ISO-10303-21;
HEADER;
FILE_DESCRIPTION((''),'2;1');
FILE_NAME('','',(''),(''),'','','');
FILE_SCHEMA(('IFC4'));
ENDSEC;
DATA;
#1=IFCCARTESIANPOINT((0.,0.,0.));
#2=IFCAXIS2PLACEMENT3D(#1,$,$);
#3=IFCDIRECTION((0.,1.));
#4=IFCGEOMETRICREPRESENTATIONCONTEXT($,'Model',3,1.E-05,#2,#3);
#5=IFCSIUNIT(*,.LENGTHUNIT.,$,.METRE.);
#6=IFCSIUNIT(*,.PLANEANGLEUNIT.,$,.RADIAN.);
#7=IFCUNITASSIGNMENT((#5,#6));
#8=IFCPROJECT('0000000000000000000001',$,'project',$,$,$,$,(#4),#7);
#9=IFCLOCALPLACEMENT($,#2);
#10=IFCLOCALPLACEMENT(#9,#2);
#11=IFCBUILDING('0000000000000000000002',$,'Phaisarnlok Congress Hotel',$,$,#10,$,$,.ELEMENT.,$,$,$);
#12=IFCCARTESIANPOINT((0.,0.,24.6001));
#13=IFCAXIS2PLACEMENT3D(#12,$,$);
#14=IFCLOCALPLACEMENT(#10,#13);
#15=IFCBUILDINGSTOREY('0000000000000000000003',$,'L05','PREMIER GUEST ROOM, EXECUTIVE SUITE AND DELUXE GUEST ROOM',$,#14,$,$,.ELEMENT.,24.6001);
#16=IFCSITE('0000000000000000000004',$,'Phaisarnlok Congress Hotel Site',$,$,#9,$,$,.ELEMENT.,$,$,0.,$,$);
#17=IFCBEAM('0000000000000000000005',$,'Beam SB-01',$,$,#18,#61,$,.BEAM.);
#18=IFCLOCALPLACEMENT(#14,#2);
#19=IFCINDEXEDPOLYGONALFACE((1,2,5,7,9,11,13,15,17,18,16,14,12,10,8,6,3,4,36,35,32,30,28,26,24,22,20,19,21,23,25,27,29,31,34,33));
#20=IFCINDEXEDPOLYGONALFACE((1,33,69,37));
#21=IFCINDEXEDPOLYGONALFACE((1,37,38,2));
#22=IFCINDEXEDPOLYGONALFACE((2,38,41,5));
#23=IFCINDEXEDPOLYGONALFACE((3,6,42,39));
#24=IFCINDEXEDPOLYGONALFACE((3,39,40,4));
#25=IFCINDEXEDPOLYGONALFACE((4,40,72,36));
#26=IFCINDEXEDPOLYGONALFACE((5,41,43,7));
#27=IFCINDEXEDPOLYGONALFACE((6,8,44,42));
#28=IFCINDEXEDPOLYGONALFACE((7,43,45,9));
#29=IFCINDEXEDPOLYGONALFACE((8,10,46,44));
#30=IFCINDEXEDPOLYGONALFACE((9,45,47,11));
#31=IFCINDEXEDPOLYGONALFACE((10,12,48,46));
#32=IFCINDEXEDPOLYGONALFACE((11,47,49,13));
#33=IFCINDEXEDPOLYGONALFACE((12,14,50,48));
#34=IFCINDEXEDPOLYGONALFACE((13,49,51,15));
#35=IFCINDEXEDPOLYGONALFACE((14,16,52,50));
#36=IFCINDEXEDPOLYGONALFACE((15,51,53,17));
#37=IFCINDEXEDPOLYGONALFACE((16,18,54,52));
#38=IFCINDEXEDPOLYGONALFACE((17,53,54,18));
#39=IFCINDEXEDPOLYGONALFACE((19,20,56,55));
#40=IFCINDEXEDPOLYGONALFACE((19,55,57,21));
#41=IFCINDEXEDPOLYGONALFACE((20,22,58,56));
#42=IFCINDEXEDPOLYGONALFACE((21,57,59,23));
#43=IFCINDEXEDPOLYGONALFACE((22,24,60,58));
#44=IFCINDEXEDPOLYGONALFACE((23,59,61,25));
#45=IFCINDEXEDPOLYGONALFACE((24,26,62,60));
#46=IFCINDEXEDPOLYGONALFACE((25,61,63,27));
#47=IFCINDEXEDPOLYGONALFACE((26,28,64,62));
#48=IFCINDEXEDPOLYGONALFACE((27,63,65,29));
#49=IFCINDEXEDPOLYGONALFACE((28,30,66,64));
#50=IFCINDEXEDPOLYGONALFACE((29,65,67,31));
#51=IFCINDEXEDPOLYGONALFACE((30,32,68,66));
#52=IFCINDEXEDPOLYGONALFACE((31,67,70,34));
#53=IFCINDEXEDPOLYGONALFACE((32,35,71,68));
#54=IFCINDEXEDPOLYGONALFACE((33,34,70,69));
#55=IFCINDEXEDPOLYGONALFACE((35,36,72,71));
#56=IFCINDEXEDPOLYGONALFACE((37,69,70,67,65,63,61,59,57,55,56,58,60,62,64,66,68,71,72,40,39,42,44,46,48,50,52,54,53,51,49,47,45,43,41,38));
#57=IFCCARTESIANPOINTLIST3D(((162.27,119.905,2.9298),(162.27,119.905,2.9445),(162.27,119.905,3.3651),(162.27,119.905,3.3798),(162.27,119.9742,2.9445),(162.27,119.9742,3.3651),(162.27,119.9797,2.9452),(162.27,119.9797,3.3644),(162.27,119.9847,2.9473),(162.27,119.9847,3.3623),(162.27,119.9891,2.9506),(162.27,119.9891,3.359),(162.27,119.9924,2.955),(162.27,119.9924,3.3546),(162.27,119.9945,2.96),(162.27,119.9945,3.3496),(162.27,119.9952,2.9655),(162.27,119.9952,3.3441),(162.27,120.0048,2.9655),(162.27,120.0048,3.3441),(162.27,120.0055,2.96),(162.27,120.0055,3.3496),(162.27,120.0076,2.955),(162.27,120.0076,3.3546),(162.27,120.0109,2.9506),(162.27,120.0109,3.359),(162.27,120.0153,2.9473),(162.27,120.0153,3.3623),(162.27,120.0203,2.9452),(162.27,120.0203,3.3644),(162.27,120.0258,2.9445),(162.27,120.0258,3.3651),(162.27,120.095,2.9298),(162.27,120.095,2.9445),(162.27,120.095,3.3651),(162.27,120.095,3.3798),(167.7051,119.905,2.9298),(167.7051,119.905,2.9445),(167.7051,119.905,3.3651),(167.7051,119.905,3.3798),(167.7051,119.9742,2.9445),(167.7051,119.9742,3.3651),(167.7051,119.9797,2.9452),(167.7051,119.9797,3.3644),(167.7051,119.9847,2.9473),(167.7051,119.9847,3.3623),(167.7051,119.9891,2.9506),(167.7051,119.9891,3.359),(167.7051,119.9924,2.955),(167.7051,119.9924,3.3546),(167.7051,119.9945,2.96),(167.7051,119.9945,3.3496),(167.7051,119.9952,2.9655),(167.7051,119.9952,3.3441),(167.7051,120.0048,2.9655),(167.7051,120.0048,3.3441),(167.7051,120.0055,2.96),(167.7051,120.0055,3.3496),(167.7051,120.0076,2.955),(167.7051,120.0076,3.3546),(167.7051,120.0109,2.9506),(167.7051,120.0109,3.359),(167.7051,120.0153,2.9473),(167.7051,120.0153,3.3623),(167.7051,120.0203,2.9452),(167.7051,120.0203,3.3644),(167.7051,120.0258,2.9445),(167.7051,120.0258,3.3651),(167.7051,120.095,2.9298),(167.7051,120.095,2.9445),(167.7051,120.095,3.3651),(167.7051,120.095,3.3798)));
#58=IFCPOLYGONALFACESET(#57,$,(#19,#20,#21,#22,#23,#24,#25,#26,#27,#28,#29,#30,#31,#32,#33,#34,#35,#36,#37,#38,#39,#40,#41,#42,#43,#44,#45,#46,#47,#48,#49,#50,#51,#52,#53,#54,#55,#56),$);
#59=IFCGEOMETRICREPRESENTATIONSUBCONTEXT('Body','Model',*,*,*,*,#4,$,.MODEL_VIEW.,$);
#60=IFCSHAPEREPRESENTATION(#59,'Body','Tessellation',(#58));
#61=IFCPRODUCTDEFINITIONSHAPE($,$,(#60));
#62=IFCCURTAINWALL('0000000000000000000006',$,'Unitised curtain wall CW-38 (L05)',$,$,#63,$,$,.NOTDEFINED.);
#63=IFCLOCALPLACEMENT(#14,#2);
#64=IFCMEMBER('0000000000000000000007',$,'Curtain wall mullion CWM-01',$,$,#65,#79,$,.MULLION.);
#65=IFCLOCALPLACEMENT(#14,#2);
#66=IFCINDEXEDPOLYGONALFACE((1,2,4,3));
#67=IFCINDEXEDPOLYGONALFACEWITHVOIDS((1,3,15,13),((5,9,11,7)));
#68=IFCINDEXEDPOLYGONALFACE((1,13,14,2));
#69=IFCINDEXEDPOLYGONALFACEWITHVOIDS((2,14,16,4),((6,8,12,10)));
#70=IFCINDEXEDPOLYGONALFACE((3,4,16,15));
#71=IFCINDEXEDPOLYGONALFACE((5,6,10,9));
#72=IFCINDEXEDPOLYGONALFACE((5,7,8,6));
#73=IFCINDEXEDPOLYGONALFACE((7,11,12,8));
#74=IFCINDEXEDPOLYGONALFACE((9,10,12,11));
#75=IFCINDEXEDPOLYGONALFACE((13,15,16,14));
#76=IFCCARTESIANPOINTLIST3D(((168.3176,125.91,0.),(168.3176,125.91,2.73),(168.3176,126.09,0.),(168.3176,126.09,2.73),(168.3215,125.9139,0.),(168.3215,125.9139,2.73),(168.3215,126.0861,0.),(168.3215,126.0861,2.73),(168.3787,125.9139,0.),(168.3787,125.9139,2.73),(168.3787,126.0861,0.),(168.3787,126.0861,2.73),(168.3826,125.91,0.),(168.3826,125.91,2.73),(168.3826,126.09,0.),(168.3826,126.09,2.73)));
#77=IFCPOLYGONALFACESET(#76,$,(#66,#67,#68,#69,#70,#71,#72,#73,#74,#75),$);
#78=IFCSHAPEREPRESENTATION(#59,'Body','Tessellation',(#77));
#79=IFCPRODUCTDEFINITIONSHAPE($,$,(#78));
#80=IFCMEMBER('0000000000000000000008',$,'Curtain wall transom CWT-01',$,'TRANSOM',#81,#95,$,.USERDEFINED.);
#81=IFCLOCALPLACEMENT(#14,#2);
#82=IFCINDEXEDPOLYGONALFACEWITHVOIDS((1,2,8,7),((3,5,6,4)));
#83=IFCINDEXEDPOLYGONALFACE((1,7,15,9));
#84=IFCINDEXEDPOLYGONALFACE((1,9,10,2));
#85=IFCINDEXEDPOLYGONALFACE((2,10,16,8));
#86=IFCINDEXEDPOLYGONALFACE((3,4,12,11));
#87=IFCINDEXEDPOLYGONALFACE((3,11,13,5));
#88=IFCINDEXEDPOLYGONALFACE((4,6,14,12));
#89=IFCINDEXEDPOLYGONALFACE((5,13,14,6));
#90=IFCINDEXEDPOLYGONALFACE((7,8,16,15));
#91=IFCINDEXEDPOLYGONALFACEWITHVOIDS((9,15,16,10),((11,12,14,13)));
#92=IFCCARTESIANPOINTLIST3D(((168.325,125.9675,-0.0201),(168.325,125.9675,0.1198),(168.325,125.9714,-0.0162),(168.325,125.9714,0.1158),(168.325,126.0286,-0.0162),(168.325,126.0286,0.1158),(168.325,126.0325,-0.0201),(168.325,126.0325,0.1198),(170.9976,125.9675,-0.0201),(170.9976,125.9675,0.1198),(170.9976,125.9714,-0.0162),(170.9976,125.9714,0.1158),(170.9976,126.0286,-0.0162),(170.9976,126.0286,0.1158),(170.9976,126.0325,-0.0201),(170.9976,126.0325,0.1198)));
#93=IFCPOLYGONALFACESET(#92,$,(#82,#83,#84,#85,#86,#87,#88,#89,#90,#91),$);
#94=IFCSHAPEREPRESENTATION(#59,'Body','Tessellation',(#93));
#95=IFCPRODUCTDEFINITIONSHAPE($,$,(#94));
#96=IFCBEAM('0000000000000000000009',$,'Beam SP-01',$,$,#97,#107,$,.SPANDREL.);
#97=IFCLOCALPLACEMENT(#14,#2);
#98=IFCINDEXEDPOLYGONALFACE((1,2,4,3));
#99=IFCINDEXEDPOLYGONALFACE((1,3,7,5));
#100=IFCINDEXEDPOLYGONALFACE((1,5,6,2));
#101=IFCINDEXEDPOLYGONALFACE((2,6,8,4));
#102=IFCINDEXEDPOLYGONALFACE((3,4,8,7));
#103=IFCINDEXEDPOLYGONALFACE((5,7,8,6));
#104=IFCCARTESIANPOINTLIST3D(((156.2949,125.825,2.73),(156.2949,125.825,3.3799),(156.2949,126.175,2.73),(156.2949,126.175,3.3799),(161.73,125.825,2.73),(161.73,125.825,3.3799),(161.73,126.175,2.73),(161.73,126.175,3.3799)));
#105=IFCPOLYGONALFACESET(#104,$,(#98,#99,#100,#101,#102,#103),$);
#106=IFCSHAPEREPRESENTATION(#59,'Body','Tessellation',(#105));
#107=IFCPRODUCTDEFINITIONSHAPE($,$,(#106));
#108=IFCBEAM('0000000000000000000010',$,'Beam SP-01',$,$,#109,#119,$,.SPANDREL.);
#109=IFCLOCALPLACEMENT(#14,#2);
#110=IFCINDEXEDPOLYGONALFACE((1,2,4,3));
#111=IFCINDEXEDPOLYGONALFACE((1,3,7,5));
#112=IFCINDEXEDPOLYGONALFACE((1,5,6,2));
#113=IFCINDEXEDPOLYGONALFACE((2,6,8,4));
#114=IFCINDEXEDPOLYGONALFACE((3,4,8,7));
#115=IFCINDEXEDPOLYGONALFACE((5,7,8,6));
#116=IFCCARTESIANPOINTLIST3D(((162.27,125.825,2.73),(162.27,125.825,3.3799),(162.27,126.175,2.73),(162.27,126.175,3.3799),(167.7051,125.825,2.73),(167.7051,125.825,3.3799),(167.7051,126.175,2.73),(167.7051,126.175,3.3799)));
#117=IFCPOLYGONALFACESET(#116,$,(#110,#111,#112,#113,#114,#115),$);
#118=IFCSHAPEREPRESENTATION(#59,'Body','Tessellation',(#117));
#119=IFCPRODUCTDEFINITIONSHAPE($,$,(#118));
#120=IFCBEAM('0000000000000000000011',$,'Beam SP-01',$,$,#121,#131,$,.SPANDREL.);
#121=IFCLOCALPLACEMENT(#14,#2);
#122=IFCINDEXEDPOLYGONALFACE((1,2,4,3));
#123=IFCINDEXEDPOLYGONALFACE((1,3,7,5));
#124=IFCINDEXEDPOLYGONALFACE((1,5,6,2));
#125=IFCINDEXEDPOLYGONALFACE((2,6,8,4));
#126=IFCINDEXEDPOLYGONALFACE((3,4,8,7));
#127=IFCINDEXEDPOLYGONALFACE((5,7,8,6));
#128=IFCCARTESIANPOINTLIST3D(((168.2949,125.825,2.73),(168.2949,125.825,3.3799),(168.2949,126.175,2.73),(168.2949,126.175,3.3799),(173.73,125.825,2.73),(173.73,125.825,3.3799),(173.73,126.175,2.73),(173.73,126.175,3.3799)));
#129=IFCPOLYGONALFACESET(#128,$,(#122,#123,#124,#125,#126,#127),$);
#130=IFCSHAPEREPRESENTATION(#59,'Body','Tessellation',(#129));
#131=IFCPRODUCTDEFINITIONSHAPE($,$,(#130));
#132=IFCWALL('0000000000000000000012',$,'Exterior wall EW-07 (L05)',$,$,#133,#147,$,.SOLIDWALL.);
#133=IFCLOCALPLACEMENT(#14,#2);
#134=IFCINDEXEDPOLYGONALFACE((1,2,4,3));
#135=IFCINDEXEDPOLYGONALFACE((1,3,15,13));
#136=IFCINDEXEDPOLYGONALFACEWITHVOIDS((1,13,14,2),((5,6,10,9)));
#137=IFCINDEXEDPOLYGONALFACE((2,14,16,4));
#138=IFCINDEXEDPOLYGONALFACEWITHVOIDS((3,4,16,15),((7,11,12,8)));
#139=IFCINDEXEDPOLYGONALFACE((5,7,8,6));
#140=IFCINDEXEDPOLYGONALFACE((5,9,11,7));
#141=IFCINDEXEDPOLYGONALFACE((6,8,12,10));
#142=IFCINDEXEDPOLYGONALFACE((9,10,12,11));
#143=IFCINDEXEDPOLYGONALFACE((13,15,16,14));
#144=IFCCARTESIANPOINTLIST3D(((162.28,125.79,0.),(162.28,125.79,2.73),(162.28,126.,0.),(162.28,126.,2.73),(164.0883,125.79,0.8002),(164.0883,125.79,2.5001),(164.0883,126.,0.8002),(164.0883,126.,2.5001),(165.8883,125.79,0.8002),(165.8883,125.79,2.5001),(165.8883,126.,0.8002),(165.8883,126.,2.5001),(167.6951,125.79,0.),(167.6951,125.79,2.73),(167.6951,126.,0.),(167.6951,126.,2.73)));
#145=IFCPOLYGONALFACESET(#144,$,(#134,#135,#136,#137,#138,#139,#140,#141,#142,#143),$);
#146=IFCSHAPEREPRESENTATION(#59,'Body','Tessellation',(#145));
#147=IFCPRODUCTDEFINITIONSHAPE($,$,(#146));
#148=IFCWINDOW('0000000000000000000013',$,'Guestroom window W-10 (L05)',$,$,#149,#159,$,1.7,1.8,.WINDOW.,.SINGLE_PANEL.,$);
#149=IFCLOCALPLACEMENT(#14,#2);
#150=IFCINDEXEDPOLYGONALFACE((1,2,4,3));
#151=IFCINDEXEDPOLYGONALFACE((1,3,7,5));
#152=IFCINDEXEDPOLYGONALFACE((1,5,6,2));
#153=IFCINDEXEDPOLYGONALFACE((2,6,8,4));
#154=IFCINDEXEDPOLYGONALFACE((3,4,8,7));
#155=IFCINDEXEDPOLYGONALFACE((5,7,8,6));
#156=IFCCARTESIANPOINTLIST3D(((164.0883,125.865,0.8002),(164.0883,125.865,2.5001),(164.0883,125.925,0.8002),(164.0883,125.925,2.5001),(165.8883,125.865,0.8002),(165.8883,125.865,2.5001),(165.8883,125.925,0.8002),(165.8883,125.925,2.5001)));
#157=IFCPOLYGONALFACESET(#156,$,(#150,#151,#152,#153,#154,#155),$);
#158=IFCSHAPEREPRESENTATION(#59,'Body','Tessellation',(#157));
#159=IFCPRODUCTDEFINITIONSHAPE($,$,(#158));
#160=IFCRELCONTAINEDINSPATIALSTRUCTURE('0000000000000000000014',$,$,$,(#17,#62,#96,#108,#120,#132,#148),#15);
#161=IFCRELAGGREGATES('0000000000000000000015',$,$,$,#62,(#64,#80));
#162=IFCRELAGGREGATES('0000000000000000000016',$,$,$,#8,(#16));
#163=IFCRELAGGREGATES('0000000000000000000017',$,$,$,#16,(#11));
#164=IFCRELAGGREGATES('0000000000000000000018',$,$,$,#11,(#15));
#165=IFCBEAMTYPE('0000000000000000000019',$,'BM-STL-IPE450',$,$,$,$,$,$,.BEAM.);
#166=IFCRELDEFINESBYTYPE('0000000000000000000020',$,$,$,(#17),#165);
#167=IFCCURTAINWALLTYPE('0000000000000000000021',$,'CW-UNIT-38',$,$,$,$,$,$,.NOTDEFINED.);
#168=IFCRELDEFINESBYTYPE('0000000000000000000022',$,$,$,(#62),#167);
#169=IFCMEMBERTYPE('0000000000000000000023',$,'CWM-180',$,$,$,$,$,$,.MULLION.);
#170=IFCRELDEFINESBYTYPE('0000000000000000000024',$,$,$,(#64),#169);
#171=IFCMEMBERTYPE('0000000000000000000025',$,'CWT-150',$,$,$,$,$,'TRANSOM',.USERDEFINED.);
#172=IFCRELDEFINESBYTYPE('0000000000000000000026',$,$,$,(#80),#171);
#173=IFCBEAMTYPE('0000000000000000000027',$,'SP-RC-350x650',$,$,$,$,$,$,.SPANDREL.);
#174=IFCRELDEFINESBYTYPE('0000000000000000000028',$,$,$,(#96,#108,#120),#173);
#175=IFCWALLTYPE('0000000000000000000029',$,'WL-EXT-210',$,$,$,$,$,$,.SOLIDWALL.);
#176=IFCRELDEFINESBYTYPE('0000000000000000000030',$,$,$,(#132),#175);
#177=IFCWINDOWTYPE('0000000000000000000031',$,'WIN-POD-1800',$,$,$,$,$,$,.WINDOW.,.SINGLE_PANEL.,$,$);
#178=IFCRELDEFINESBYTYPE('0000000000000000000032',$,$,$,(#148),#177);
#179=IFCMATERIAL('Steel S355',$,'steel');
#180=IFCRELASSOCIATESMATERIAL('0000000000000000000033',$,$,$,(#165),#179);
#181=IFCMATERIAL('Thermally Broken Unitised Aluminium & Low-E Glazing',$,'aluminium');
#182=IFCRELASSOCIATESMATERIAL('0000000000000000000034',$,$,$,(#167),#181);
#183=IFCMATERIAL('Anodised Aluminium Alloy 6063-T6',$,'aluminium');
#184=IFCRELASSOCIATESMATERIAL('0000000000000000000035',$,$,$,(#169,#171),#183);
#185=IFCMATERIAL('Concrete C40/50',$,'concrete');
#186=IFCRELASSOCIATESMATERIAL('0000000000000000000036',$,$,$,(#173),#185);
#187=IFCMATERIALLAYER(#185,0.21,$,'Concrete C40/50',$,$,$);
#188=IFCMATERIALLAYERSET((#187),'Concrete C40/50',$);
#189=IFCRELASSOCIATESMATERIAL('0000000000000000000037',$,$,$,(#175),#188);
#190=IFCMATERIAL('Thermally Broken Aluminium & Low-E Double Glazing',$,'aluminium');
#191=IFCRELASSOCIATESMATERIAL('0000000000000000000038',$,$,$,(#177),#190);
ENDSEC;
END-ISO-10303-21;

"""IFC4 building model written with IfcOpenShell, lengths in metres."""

from ifc_helpers import new_model, si_unit, direction, frame, frame_2d, origin, origin_2d, place, context, subcontext, project, spatial, rectangle, hollow_rectangle, i_section, extrude, material, layer, layer_set, material_profile, profile_set, type_object, element, fill, aggregate, save


model = new_model("IFC4")

# Units and contexts
model_context = context("Model", 3, precision=1e-05, world=origin(), true_north=direction((0.0, 1.0)))
body_context = subcontext(model_context, "Body", "Model", "MODEL_VIEW")
ifc_project = project(units=[si_unit("LENGTHUNIT", "METRE"), si_unit("PLANEANGLEUNIT", "RADIAN")], contexts=[model_context])

# Site, building, storey
site_placement = place(None, origin())
site = spatial("IfcSite", under=ifc_project, at=site_placement, Name="Phaisarnlok Congress Hotel Site", CompositionType="ELEMENT", RefElevation=0.0)
building_placement = place(site_placement, origin())
building = spatial("IfcBuilding", under=site, at=building_placement, Name="Phaisarnlok Congress Hotel", CompositionType="ELEMENT")
storey_placement = place(building_placement, frame((0.0, 0.0, 24.6001)))
storey = spatial("IfcBuildingStorey", under=building, at=storey_placement, Name="L05", Description="PREMIER GUEST ROOM, EXECUTIVE SUITE AND DELUXE GUEST ROOM", CompositionType="ELEMENT", Elevation=24.6001)

# Beam
ifc_material_1 = material(Name="Concrete C40/50", Category="concrete")
ifc_material_2 = material(Name="Steel S355", Category="steel")
ifc_material_profile_1 = material_profile(ifc_material_2, i_section(OverallWidth=0.1899, OverallDepth=0.45, WebThickness=0.0095, FlangeThickness=0.0146, FilletRadius=0.021, at=origin_2d()), Name="IPE 450")
ifc_profile_set_1 = profile_set([ifc_material_profile_1], Name="Steel S355")
beam_type_1 = type_object("IfcBeamType", Name="BM-STL-IPE450", PredefinedType="BEAM", material=ifc_profile_set_1)
beam_1_placement = place(storey_placement, frame((162.27, 120.0, 3.1548), z_axis=(1.0, 0.0, 0.0), x_axis=(0.0, 1.0, 0.0)))
element("IfcBeam", 1, at=beam_1_placement, inside=storey, type_object=beam_type_1, Name="Beam SB-01", PredefinedType="BEAM", context=body_context, shape_type="SweptSolid", body=[
    extrude(i_section(OverallWidth=0.1899, OverallDepth=0.45, WebThickness=0.0095, FlangeThickness=0.0146, FilletRadius=0.021, at=origin_2d()), origin(), (0.0, 0.0, 1.0), 5.4351),
])

# Curtain wall, members
ifc_material_3 = material(Name="Thermally Broken Unitised Aluminium & Low-E Glazing", Category="aluminium")
curtain_wall_type = type_object("IfcCurtainWallType", Name="CW-UNIT-38", PredefinedType="NOTDEFINED", material=ifc_material_3)
curtain_wall_placement = place(storey_placement, origin())
curtain_wall = element("IfcCurtainWall", 2, at=curtain_wall_placement, inside=storey, type_object=curtain_wall_type, Name="Unitised curtain wall CW-38 (L05)", PredefinedType="NOTDEFINED")
ifc_material_4 = material(Name="Anodised Aluminium Alloy 6063-T6", Category="aluminium")
ifc_material_profile_2 = material_profile(ifc_material_4, hollow_rectangle(XDim=0.0649, YDim=0.1799, WallThickness=0.0039, at=origin_2d()), Name="ALU-M 65x180x4")
ifc_profile_set_2 = profile_set([ifc_material_profile_2], Name="Anodised Aluminium Alloy 6063-T6")
member_type_1 = type_object("IfcMemberType", Name="CWM-180", PredefinedType="MULLION", material=ifc_profile_set_2)
member_1_placement = place(storey_placement, frame((168.3501, 126.0, 0.0), z_axis=(0.0, 0.0, 1.0), x_axis=(-1.0, 0.0, 0.0)))
member_1 = element("IfcMember", 3, at=member_1_placement, type_object=member_type_1, Name="Curtain wall mullion CWM-01", PredefinedType="MULLION", context=body_context, shape_type="SweptSolid", body=[
    extrude(hollow_rectangle(XDim=0.0649, YDim=0.1799, WallThickness=0.0039, at=origin_2d()), origin(), (0.0, 0.0, 1.0), 2.73),
])
ifc_material_profile_3 = material_profile(ifc_material_4, hollow_rectangle(XDim=0.0649, YDim=0.1399, WallThickness=0.0039, at=origin_2d()), Name="ALU-T 65x140x4")
ifc_profile_set_3 = profile_set([ifc_material_profile_3], Name="Anodised Aluminium Alloy 6063-T6")
member_type_2 = type_object("IfcMemberType", Name="CWT-150", ElementType="TRANSOM", PredefinedType="USERDEFINED", material=ifc_profile_set_3)
member_2_placement = place(storey_placement, frame((170.9976, 126.0, 0.0498), z_axis=(-1.0, 0.0, 0.0), x_axis=(0.0, -1.0, 0.0)))
member_2 = element("IfcMember", 4, at=member_2_placement, type_object=member_type_2, Name="Curtain wall transom CWT-01", ObjectType="TRANSOM", PredefinedType="USERDEFINED", context=body_context, shape_type="SweptSolid", body=[
    extrude(hollow_rectangle(XDim=0.0649, YDim=0.1399, WallThickness=0.0039, at=origin_2d()), origin(), (0.0, 0.0, 1.0), 2.6726),
])
aggregate(curtain_wall, [member_1, member_2])

# Beams
ifc_material_profile_4 = material_profile(ifc_material_1, rectangle(XDim=0.3501, YDim=0.6499, at=origin_2d()), Name="RC 350x650")
ifc_profile_set_4 = profile_set([ifc_material_profile_4], Name="Concrete C40/50")
beam_type_2 = type_object("IfcBeamType", Name="SP-RC-350x650", PredefinedType="SPANDREL", material=ifc_profile_set_4)
for number, where, z_axis, x_axis, name in (
    (5, (156.2949, 126.0, 3.0549), (1.0, 0.0, 0.0), (0.0, 1.0, 0.0), "Beam SP-01"),
    (6, (162.27, 126.0, 3.0549), (1.0, 0.0, 0.0), (0.0, 1.0, 0.0), "Beam SP-01"),
    (7, (168.2949, 126.0, 3.0549), (1.0, 0.0, 0.0), (0.0, 1.0, 0.0), "Beam SP-01"),
):
    element("IfcBeam", number, at=place(storey_placement, frame(where, z_axis=z_axis, x_axis=x_axis)), inside=storey, type_object=beam_type_2, Name=name, PredefinedType="SPANDREL", context=body_context, shape_type="SweptSolid", body=[
        extrude(rectangle(XDim=0.3501, YDim=0.6499, at=origin_2d()), origin(), (0.0, 0.0, 1.0), 5.4351),
    ])

# Wall, opening, window
ifc_layer_1 = layer(ifc_material_1, 0.21, Name="Concrete C40/50")
ifc_layer_set_1 = layer_set([ifc_layer_1], Name="Concrete C40/50")
wall_type_1 = type_object("IfcWallType", Name="WL-EXT-210", PredefinedType="SOLIDWALL", material=ifc_layer_set_1)
wall_1_placement = place(storey_placement, frame((167.6951, 125.895, 0.0), z_axis=(0.0, 0.0, 1.0), x_axis=(-1.0, 0.0, 0.0)))
wall_1 = element("IfcWall", 8, at=wall_1_placement, inside=storey, type_object=wall_type_1, Name="Exterior wall EW-07 (L05)", PredefinedType="SOLIDWALL", context=body_context, shape_type="SweptSolid", body=[
    extrude(rectangle(XDim=5.415, YDim=0.21, at=frame_2d((2.7075, 0.0))), origin(), (0.0, 0.0, 1.0), 2.73),
])
opening_1_placement = place(wall_1_placement, frame((1.8069, 0.0, 0.8)))
opening_1 = element("IfcOpeningElement", 9, at=opening_1_placement, cuts=wall_1, PredefinedType="OPENING", context=body_context, shape_type="SweptSolid", body=[
    extrude(rectangle(XDim=1.8, YDim=1.7, at=frame_2d((0.8999, 0.8501))), frame((0.0, 0.115, 0.0), z_axis=(0.0, -1.0, 0.0), x_axis=(1.0, 0.0, 0.0)), (0.0, 0.0, 1.0), 0.23),
])
ifc_material_5 = material(Name="Thermally Broken Aluminium & Low-E Double Glazing", Category="aluminium")
window_type_1 = type_object("IfcWindowType", Name="WIN-POD-1800", PartitioningType="SINGLE_PANEL", PredefinedType="WINDOW", material=ifc_material_5)
window_1_placement = place(opening_1_placement, origin())
window_1 = element("IfcWindow", 10, at=window_1_placement, inside=storey, type_object=window_type_1, Name="Guestroom window W-10 (L05)", OverallHeight=1.7, OverallWidth=1.8, PartitioningType="SINGLE_PANEL", PredefinedType="WINDOW", context=body_context, shape_type="SweptSolid", body=[
    extrude(rectangle(XDim=1.8, YDim=1.7, at=frame_2d((0.8999, 0.8501))), frame((0.0, 0.03, 0.0), z_axis=(0.0, -1.0, 0.0), x_axis=(1.0, 0.0, 0.0)), (0.0, 0.0, 1.0), 0.0601),
])
fill(opening_1, window_1)

save(model, "model.ifc")
